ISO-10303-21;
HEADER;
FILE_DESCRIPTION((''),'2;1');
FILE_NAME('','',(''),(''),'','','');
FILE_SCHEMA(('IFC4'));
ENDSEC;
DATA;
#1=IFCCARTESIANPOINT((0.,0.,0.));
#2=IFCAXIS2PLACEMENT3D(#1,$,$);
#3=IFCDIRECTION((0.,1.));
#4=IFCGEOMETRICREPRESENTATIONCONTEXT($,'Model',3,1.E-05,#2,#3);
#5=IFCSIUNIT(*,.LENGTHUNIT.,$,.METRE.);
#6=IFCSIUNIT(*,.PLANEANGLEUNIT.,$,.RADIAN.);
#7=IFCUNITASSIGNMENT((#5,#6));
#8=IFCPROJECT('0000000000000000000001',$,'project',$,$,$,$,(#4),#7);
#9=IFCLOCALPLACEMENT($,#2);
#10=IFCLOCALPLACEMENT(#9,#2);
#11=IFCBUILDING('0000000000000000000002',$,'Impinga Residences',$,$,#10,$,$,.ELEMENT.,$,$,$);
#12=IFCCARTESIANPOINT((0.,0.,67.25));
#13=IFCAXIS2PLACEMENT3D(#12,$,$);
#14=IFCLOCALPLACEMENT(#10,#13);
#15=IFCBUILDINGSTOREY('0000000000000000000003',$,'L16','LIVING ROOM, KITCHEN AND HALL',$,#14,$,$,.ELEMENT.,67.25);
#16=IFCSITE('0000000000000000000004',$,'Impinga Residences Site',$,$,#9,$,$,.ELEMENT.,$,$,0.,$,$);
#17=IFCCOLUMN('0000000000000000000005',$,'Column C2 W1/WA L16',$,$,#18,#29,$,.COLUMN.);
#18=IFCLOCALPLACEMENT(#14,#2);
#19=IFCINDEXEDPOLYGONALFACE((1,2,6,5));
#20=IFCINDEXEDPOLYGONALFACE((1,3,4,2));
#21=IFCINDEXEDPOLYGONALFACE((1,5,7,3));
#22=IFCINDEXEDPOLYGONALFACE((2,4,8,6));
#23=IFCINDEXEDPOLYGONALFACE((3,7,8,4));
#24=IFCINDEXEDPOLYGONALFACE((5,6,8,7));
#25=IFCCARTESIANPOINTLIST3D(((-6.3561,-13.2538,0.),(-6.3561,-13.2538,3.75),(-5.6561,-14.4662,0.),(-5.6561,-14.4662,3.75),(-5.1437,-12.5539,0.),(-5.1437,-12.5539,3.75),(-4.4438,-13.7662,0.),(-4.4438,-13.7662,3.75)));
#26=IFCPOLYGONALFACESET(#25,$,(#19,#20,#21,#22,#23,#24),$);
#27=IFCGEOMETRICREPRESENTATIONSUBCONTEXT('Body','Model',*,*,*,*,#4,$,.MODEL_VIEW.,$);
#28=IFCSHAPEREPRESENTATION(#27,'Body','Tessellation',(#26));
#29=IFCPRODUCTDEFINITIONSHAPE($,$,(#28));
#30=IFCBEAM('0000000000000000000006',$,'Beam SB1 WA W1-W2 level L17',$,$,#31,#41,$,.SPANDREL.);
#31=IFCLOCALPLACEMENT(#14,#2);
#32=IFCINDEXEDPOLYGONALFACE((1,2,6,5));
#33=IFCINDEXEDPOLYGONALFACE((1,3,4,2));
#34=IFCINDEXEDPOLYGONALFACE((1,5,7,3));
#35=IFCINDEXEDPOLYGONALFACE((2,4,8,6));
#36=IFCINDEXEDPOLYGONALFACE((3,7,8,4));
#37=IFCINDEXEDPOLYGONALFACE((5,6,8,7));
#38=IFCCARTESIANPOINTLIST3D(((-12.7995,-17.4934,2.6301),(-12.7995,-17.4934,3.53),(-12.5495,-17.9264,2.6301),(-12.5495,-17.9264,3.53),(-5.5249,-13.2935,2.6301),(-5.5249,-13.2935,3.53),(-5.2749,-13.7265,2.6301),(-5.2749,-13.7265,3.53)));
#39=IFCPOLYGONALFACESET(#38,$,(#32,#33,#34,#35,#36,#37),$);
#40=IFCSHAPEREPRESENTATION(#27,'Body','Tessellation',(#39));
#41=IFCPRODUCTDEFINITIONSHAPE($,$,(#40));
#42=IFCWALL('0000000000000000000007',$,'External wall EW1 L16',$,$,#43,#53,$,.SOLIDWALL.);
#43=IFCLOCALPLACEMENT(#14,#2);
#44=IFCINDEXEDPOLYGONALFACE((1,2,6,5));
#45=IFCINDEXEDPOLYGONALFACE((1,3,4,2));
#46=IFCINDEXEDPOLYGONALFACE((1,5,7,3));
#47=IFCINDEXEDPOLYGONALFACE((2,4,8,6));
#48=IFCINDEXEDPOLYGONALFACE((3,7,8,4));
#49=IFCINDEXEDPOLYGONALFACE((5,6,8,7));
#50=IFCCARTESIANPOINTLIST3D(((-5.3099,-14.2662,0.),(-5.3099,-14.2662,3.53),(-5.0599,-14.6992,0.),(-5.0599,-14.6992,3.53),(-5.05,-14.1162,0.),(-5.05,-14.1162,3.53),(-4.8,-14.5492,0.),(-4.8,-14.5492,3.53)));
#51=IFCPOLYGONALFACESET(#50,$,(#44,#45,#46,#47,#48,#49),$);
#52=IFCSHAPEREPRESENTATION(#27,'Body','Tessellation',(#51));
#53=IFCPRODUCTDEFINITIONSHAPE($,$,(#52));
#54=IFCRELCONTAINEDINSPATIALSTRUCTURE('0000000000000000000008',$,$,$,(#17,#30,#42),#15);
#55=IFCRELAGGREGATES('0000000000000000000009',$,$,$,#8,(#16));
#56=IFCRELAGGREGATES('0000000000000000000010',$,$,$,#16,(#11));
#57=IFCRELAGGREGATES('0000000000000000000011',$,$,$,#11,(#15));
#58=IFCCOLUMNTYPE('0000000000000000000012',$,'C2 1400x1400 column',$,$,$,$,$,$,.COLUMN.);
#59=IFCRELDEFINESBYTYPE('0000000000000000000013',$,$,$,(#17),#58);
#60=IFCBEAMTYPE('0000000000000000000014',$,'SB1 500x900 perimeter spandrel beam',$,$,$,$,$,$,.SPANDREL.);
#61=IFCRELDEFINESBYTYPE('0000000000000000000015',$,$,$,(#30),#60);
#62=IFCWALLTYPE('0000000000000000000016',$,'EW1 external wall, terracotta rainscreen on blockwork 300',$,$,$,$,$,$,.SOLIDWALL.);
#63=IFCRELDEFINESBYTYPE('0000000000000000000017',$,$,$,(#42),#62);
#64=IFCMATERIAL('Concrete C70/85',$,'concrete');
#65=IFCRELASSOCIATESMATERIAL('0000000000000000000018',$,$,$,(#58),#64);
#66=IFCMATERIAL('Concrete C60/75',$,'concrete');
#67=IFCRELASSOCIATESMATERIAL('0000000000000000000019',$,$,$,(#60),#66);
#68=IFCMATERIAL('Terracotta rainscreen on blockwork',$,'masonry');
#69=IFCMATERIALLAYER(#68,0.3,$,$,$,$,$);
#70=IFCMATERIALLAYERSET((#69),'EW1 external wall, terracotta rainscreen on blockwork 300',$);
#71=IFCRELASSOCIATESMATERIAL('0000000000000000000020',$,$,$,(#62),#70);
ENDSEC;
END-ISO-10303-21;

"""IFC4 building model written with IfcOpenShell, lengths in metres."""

from ifc_helpers import new_model, si_unit, direction, frame, frame_2d, origin, origin_2d, place, context, subcontext, project, spatial, rectangle, extrude, material, layer, layer_set, material_profile, profile_set, type_object, element, save


model = new_model("IFC4")

# Units and contexts
model_context = context("Model", 3, precision=1e-05, world=origin(), true_north=direction((0.0, 1.0)))
body_context = subcontext(model_context, "Body", "Model", "MODEL_VIEW")
ifc_project = project(units=[si_unit("LENGTHUNIT", "METRE"), si_unit("PLANEANGLEUNIT", "RADIAN")], contexts=[model_context])

# Site, building, storey
site_placement = place(None, origin())
site = spatial("IfcSite", under=ifc_project, at=site_placement, Name="Impinga Residences Site", CompositionType="ELEMENT", RefElevation=0.0)
building_placement = place(site_placement, origin())
building = spatial("IfcBuilding", under=site, at=building_placement, Name="Impinga Residences", CompositionType="ELEMENT")
storey_placement = place(building_placement, frame((0.0, 0.0, 67.25)))
storey = spatial("IfcBuildingStorey", under=building, at=storey_placement, Name="L16", Description="LIVING ROOM, KITCHEN AND HALL", CompositionType="ELEMENT", Elevation=67.25)

# Column
ifc_material_1 = material(Name="Concrete C70/85", Category="concrete")
ifc_material_profile_1 = material_profile(ifc_material_1, rectangle(XDim=1.3999, YDim=1.3999, at=origin_2d()), Name="RC 1400x1400")
ifc_profile_set_1 = profile_set([ifc_material_profile_1], Name="Concrete C70/85")
column_type = type_object("IfcColumnType", Name="C2 1400x1400 column", PredefinedType="COLUMN", material=ifc_profile_set_1)
column_placement = place(storey_placement, frame((-5.3999, -13.51, 0.0), z_axis=(0.0, 0.0, 1.0), x_axis=(-0.5, 0.866025, 0.0)))
element("IfcColumn", 1, at=column_placement, inside=storey, type_object=column_type, Name="Column C2 W1/WA L16", PredefinedType="COLUMN", context=body_context, shape_type="SweptSolid", body=[
    extrude(rectangle(XDim=1.3999, YDim=1.3999, at=origin_2d()), origin(), (0.0, 0.0, 1.0), 3.75),
])

# Beam
ifc_material_2 = material(Name="Concrete C60/75", Category="concrete")
ifc_material_profile_2 = material_profile(ifc_material_2, rectangle(XDim=0.5, YDim=0.8999, at=origin_2d()), Name="RC 500x900")
ifc_profile_set_2 = profile_set([ifc_material_profile_2], Name="Concrete C60/75")
beam_type = type_object("IfcBeamType", Name="SB1 500x900 perimeter spandrel beam", PredefinedType="SPANDREL", material=ifc_profile_set_2)
beam_placement = place(storey_placement, frame((-5.3999, -13.51, 3.0801), z_axis=(-0.866029, -0.499993, 0.0), x_axis=(0.499993, -0.866029, 0.0)))
element("IfcBeam", 2, at=beam_placement, inside=storey, type_object=beam_type, Name="Beam SB1 WA W1-W2 level L17", PredefinedType="SPANDREL", context=body_context, shape_type="SweptSolid", body=[
    extrude(rectangle(XDim=0.5, YDim=0.8999, at=origin_2d()), origin(), (0.0, 0.0, 1.0), 8.3999),
])

# Wall
ifc_material_3 = material(Name="Terracotta rainscreen on blockwork", Category="masonry")
ifc_layer_1 = layer(ifc_material_3, 0.3)
ifc_layer_set_1 = layer_set([ifc_layer_1], Name="EW1 external wall, terracotta rainscreen on blockwork 300")
wall_type_1 = type_object("IfcWallType", Name="EW1 external wall, terracotta rainscreen on blockwork 300", PredefinedType="SOLIDWALL", material=ifc_layer_set_1)
wall_1_placement = place(storey_placement, frame((-5.1799, -14.1912, 0.0), z_axis=(0.0, 0.0, 1.0), x_axis=(0.49992, -0.866072, 0.0)))
element("IfcWall", 3, at=wall_1_placement, inside=storey, type_object=wall_type_1, Name="External wall EW1 L16", PredefinedType="SOLIDWALL", context=body_context, shape_type="SweptSolid", body=[
    extrude(rectangle(XDim=0.5, YDim=0.3, at=frame_2d((0.25, 0.0))), origin(), (0.0, 0.0, 1.0), 3.53),
])

save(model, "model.ifc")
